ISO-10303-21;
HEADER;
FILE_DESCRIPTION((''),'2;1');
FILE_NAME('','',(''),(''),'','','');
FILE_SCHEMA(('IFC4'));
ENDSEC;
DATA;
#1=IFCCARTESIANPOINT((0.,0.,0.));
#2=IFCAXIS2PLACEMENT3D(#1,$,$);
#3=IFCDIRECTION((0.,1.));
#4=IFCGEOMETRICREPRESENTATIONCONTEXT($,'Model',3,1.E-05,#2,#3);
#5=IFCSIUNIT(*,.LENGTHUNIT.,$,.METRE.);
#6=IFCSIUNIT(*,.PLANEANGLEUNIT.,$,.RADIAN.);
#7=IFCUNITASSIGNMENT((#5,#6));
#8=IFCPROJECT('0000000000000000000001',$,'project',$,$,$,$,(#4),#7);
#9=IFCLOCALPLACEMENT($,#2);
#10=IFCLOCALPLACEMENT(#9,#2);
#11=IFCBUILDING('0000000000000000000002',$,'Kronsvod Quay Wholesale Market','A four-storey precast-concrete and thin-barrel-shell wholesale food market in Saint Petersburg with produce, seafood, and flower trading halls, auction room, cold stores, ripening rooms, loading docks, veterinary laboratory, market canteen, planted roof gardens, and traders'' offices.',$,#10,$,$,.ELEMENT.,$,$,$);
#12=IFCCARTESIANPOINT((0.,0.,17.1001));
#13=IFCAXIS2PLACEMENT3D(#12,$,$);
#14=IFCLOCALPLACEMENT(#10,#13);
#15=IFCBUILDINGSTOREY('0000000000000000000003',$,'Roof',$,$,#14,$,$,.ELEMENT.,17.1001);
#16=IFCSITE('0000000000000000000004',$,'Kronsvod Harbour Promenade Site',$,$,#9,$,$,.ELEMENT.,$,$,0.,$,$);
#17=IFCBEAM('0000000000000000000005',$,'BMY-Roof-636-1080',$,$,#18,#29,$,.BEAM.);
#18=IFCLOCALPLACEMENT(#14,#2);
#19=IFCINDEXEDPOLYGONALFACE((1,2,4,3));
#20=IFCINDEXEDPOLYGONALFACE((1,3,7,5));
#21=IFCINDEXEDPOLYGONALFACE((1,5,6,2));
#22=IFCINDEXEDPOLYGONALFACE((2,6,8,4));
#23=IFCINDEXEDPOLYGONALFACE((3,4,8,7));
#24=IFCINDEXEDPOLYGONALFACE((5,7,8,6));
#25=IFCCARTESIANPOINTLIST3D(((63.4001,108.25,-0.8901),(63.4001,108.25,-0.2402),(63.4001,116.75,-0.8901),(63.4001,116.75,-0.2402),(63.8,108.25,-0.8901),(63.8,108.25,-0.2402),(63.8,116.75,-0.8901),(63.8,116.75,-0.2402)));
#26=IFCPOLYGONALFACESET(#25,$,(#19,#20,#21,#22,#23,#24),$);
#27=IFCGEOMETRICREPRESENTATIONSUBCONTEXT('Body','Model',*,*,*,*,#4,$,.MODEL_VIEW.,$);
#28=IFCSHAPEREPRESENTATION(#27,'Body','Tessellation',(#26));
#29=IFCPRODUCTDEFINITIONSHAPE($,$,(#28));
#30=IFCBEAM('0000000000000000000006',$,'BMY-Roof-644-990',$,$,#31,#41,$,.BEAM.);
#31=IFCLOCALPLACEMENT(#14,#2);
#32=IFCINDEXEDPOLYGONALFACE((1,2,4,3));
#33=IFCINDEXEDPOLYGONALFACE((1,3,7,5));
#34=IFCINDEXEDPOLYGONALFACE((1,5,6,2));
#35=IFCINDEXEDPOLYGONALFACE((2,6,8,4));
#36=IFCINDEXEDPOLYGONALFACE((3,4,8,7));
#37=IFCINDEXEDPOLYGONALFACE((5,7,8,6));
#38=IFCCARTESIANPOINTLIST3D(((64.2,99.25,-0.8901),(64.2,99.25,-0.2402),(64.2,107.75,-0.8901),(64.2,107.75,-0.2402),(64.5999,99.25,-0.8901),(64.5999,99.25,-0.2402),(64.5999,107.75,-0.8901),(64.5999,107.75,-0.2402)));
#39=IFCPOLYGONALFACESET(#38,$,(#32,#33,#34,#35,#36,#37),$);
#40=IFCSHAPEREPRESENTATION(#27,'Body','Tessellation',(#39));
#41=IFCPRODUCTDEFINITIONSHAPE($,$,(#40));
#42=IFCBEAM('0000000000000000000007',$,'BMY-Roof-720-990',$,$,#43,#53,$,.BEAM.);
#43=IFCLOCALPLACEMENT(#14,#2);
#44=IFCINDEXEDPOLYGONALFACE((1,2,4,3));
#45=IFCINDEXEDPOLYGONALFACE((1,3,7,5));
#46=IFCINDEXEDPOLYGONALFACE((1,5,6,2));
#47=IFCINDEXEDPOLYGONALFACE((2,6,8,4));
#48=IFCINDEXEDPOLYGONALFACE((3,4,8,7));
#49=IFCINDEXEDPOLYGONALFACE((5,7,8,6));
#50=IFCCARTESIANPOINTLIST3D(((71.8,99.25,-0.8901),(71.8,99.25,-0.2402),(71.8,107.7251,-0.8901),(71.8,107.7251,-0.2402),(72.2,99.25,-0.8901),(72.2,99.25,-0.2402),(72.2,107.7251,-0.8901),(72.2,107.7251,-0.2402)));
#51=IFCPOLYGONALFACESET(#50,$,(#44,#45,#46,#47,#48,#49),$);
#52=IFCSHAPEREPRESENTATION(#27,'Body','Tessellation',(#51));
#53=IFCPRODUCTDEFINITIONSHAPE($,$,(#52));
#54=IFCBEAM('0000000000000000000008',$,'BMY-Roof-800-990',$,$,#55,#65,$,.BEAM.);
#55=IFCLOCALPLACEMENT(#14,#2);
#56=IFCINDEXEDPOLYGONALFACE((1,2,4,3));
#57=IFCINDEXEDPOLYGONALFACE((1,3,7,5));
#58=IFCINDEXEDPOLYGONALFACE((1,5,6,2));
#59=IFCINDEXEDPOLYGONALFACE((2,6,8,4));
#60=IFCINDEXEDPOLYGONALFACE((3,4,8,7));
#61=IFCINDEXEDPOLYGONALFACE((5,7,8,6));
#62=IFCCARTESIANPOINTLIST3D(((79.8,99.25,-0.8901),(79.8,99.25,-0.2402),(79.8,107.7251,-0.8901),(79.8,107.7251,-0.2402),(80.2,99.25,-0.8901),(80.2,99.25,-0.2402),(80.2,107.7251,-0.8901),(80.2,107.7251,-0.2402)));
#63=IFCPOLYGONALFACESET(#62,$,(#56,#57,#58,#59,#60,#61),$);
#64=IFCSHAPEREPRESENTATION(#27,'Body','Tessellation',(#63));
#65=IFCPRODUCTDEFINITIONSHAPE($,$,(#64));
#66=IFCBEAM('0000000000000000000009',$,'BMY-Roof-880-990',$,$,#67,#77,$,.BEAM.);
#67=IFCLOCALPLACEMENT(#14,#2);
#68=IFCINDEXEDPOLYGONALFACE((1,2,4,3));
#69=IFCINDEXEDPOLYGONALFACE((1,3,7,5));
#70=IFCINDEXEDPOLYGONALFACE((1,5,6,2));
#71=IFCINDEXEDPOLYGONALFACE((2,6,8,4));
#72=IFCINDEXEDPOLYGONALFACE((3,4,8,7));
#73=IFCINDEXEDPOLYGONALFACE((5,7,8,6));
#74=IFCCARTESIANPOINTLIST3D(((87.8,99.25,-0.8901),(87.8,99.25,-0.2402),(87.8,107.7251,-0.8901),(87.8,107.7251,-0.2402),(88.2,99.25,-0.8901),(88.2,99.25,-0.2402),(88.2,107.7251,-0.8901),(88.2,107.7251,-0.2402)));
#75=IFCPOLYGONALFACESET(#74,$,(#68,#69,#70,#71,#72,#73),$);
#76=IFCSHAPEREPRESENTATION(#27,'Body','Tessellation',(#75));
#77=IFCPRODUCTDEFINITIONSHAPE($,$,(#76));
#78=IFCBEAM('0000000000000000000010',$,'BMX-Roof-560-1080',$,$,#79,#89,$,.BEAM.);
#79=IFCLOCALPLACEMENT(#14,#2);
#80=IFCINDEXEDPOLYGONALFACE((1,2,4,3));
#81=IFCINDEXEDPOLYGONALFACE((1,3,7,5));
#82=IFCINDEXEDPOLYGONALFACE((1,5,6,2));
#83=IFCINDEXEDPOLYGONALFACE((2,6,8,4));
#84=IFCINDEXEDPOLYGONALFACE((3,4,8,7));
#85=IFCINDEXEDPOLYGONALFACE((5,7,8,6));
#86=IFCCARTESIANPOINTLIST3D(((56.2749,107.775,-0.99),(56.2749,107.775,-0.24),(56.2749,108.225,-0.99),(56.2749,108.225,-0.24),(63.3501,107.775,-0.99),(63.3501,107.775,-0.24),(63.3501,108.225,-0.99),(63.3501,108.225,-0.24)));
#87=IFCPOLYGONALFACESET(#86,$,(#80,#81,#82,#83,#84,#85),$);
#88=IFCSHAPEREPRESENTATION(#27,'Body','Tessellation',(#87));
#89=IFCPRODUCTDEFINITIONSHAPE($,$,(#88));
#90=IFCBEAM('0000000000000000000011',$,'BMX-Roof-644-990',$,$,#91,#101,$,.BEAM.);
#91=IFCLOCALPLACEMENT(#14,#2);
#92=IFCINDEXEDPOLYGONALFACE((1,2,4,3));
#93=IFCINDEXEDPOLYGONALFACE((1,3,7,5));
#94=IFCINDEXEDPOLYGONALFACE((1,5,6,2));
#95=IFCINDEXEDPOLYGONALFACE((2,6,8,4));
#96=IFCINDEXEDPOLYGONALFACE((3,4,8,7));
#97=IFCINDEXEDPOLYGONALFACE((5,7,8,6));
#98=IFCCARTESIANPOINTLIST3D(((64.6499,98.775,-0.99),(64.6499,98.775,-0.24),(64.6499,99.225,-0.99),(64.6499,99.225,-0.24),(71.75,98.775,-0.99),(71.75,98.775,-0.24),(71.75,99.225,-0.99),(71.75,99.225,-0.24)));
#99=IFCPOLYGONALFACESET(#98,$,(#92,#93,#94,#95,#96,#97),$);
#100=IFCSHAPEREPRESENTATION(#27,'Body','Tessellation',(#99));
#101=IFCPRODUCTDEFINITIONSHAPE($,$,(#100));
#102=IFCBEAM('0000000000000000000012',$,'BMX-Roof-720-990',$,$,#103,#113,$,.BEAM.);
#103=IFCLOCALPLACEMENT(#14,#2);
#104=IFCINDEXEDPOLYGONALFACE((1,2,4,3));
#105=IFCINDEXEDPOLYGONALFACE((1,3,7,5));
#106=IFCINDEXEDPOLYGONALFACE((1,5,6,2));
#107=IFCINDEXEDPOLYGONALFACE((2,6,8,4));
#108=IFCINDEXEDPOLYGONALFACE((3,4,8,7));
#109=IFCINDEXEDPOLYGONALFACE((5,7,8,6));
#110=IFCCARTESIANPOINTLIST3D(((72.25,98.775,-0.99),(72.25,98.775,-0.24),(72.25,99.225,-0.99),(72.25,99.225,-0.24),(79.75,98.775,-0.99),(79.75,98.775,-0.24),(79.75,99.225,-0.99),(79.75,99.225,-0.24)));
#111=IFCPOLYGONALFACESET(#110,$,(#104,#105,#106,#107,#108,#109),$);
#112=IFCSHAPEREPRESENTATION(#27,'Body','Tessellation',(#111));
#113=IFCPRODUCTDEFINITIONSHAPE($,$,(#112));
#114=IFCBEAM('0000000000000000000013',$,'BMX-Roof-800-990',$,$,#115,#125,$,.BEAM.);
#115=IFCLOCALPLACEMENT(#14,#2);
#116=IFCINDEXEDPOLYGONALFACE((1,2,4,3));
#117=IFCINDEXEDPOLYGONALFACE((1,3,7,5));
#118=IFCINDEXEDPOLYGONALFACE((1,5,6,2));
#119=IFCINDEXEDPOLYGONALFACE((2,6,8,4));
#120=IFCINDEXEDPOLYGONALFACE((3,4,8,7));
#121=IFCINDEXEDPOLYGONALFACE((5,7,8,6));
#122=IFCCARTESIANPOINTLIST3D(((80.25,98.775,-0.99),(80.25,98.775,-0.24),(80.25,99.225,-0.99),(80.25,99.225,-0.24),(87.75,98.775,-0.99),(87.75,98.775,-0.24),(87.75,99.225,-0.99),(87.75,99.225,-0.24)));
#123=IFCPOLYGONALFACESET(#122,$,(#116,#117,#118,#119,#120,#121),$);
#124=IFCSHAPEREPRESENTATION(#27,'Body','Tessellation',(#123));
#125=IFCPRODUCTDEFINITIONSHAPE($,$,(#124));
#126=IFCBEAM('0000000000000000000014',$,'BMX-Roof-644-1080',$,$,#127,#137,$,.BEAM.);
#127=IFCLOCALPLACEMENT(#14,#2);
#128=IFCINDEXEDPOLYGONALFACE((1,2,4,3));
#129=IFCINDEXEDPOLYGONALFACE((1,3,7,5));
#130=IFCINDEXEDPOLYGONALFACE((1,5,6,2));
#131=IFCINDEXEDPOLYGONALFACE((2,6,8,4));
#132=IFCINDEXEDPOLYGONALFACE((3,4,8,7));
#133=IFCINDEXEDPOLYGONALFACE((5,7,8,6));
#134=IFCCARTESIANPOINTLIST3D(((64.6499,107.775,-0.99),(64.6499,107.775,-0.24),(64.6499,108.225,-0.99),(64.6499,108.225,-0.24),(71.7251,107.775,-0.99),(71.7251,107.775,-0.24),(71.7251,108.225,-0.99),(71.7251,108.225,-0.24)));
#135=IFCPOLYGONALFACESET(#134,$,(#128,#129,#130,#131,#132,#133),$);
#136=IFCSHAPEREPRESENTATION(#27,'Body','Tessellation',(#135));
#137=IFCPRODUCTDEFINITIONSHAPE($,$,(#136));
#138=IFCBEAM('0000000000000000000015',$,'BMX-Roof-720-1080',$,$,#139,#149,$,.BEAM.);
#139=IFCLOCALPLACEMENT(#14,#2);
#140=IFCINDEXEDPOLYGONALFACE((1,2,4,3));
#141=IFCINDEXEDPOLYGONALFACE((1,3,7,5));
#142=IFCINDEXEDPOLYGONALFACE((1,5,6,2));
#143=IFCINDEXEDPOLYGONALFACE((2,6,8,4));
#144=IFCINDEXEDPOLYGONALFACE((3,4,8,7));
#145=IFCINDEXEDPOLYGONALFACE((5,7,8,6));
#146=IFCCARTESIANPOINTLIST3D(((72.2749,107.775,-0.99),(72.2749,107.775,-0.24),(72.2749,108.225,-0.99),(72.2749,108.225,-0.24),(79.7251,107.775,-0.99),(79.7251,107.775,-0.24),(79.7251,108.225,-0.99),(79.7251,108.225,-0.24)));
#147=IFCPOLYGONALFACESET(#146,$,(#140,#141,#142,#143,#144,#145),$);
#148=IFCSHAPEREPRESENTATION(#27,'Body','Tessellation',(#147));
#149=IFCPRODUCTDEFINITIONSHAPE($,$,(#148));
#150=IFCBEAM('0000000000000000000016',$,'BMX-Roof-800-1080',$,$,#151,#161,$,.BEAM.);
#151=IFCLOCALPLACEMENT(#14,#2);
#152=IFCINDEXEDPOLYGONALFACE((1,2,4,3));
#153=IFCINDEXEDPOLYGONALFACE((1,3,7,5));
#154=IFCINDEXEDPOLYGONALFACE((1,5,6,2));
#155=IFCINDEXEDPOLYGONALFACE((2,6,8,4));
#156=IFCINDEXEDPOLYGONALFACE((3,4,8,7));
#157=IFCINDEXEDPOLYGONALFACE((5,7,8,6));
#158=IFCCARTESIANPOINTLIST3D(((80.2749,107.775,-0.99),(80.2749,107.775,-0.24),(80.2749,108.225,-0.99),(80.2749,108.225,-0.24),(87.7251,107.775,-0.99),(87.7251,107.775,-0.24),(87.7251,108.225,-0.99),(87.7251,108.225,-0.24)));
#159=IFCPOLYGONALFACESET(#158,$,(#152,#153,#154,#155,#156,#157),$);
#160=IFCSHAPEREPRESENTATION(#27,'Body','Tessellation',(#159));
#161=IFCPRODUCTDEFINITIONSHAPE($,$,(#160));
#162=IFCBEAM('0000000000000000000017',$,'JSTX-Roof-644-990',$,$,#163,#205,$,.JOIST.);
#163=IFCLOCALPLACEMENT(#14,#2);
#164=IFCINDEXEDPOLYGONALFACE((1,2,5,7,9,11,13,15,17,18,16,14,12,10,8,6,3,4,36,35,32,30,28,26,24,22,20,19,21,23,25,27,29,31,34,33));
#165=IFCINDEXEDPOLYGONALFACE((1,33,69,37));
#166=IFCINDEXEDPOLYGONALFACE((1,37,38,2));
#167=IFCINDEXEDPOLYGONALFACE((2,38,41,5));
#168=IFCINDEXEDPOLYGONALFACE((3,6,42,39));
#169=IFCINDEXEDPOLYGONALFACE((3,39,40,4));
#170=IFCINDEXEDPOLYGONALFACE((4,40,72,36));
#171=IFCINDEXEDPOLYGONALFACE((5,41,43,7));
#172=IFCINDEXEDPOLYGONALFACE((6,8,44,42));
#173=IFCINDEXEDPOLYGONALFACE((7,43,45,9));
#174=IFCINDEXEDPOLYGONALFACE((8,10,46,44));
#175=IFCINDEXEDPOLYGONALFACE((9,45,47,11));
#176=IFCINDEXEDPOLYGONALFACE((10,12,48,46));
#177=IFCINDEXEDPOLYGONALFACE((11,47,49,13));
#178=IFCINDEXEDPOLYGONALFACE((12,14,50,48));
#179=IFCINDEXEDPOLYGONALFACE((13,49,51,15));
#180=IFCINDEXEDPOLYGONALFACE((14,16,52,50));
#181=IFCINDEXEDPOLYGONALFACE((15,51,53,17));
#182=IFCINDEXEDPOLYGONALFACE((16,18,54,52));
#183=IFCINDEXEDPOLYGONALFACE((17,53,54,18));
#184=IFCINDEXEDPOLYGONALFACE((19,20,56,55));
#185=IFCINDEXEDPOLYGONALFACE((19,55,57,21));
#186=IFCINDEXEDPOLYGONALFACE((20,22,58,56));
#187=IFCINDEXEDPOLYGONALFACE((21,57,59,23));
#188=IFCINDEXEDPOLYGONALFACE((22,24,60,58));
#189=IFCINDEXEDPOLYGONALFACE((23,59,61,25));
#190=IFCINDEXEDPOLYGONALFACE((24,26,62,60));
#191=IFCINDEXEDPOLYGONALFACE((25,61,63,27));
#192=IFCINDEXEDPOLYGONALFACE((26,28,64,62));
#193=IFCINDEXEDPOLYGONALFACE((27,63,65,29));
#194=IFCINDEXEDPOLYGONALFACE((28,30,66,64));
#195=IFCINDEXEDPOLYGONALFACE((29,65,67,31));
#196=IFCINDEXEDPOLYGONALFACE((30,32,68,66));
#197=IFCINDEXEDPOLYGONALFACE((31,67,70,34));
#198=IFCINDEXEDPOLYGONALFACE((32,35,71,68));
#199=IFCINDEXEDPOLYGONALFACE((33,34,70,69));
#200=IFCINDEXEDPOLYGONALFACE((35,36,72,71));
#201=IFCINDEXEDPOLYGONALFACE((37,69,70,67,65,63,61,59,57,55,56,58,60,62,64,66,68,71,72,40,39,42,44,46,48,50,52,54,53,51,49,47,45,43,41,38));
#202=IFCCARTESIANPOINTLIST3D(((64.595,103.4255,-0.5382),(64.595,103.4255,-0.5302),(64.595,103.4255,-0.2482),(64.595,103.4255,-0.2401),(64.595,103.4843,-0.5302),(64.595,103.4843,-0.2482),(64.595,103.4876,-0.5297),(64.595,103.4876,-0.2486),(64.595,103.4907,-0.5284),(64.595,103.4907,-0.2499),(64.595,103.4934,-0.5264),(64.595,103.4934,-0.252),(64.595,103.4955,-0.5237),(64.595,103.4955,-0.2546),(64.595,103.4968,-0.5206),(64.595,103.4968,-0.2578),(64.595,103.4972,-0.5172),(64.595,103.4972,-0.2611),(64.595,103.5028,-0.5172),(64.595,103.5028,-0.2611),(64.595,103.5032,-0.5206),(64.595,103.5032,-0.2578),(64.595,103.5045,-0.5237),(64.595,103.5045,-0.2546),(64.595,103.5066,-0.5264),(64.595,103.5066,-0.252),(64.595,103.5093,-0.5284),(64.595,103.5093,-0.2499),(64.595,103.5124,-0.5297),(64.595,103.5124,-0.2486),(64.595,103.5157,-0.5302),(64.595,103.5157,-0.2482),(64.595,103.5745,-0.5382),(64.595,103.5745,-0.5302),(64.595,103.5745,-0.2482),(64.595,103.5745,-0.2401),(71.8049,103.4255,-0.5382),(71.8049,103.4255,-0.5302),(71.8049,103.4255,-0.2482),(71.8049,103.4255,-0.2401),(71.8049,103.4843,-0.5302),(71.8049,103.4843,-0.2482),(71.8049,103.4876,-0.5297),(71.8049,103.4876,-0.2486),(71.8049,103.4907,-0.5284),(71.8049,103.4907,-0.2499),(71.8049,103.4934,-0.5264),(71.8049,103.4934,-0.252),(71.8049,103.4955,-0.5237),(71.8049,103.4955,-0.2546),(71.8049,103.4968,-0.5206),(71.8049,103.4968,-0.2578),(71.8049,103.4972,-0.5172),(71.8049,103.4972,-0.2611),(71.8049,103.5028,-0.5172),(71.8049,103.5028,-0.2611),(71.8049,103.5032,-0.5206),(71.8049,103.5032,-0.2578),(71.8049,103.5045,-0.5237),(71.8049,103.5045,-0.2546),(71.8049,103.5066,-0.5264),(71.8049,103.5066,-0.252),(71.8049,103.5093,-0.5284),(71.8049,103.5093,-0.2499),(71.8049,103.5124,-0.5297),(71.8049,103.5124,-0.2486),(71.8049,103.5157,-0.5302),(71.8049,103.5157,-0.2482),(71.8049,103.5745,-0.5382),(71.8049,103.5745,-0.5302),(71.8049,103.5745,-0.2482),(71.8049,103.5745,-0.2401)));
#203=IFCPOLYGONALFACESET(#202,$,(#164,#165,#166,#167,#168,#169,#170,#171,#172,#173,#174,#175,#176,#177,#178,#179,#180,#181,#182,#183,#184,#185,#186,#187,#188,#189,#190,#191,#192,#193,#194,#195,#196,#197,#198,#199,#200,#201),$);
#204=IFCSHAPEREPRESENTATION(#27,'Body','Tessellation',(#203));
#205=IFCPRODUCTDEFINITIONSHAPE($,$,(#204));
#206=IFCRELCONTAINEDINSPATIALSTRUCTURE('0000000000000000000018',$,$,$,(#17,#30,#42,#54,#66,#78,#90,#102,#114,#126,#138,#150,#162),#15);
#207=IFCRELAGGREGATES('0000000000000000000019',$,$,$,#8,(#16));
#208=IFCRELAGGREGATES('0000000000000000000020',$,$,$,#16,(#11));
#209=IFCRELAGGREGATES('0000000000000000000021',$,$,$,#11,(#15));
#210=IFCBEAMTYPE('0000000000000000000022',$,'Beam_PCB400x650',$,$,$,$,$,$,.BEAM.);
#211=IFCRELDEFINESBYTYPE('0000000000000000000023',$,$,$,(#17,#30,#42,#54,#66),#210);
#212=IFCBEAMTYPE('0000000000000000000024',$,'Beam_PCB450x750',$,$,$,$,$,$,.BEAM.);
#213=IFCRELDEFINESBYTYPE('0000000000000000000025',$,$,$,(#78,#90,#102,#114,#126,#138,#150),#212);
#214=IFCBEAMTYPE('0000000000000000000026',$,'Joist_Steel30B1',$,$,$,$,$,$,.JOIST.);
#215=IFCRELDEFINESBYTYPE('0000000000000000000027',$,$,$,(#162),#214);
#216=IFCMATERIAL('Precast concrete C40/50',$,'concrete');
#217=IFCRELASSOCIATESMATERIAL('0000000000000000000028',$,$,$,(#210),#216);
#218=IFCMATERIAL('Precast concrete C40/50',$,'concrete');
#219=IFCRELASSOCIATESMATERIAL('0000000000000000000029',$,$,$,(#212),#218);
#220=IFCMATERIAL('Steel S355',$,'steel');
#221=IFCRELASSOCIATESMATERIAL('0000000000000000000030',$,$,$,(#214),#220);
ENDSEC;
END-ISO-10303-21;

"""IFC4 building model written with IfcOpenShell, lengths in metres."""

from ifc_helpers import new_model, si_unit, direction, frame, origin, origin_2d, place, context, subcontext, project, spatial, rectangle, i_section, extrude, material, material_profile, profile_set, type_object, element, save


model = new_model("IFC4")

# Units and contexts
model_context = context("Model", 3, precision=1e-05, world=origin(), true_north=direction((0.0, 1.0)))
body_context = subcontext(model_context, "Body", "Model", "MODEL_VIEW")
ifc_project = project(units=[si_unit("LENGTHUNIT", "METRE"), si_unit("PLANEANGLEUNIT", "RADIAN")], contexts=[model_context])

# Site, building, storey
site_placement = place(None, origin())
site = spatial("IfcSite", under=ifc_project, at=site_placement, Name="Kronsvod Harbour Promenade Site", CompositionType="ELEMENT", RefElevation=0.0)
building_placement = place(site_placement, origin())
building = spatial("IfcBuilding", under=site, at=building_placement, Name="Kronsvod Quay Wholesale Market", Description="A four-storey precast-concrete and thin-barrel-shell wholesale food market in Saint Petersburg with produce, seafood, and flower trading halls, auction room, cold stores, ripening rooms, loading docks, veterinary laboratory, market canteen, planted roof gardens, and traders' offices.", CompositionType="ELEMENT")
storey_placement = place(building_placement, frame((0.0, 0.0, 17.1001)))
storey = spatial("IfcBuildingStorey", under=building, at=storey_placement, Name="Roof", CompositionType="ELEMENT", Elevation=17.1001)

# Beams
ifc_material_1 = material(Name="Precast concrete C40/50", Category="concrete")
ifc_material_profile_1 = material_profile(ifc_material_1, rectangle(XDim=0.3999, YDim=0.6499, at=origin_2d()), Name="PCB400x650")
ifc_profile_set_1 = profile_set([ifc_material_profile_1], Name="Precast concrete C40/50")
beam_type_1 = type_object("IfcBeamType", Name="Beam_PCB400x650", PredefinedType="BEAM", material=ifc_profile_set_1)
for number, where, z_axis, x_axis, name in (
    (1, (63.6001, 108.25, -0.5652), (0.0, 1.0, 0.0), (-1.0, 0.0, 0.0), "BMY-Roof-636-1080"),
    (2, (64.3999, 99.25, -0.5652), (0.0, 1.0, 0.0), (-1.0, 0.0, 0.0), "BMY-Roof-644-990"),
):
    element("IfcBeam", number, at=place(storey_placement, frame(where, z_axis=z_axis, x_axis=x_axis)), inside=storey, type_object=beam_type_1, Name=name, PredefinedType="BEAM", context=body_context, shape_type="SweptSolid", body=[
        extrude(rectangle(XDim=0.3999, YDim=0.6499, at=origin_2d()), origin(), (0.0, 0.0, 1.0), 8.5),
    ])
for number, where, z_axis, x_axis, name in (
    (3, (72.0, 99.25, -0.5652), (0.0, 1.0, 0.0), (-1.0, 0.0, 0.0), "BMY-Roof-720-990"),
    (4, (80.0, 99.25, -0.5652), (0.0, 1.0, 0.0), (-1.0, 0.0, 0.0), "BMY-Roof-800-990"),
    (5, (88.0, 99.25, -0.5652), (0.0, 1.0, 0.0), (-1.0, 0.0, 0.0), "BMY-Roof-880-990"),
):
    element("IfcBeam", number, at=place(storey_placement, frame(where, z_axis=z_axis, x_axis=x_axis)), inside=storey, type_object=beam_type_1, Name=name, PredefinedType="BEAM", context=body_context, shape_type="SweptSolid", body=[
        extrude(rectangle(XDim=0.3999, YDim=0.6499, at=origin_2d()), origin(), (0.0, 0.0, 1.0), 8.4751),
    ])
ifc_material_2 = material(Name="Precast concrete C40/50", Category="concrete")
ifc_material_profile_2 = material_profile(ifc_material_2, rectangle(XDim=0.45, YDim=0.75, at=origin_2d()), Name="PCB450x750")
ifc_profile_set_2 = profile_set([ifc_material_profile_2], Name="Precast concrete C40/50")
beam_type_2 = type_object("IfcBeamType", Name="Beam_PCB450x750", PredefinedType="BEAM", material=ifc_profile_set_2)
beam_1_placement = place(storey_placement, frame((56.2749, 108.0, -0.615), z_axis=(1.0, 0.0, 0.0), x_axis=(0.0, 1.0, 0.0)))
element("IfcBeam", 6, at=beam_1_placement, inside=storey, type_object=beam_type_2, Name="BMX-Roof-560-1080", PredefinedType="BEAM", context=body_context, shape_type="SweptSolid", body=[
    extrude(rectangle(XDim=0.45, YDim=0.75, at=origin_2d()), origin(), (0.0, 0.0, 1.0), 7.0752),
])
beam_2_placement = place(storey_placement, frame((64.6499, 99.0, -0.615), z_axis=(1.0, 0.0, 0.0), x_axis=(0.0, 1.0, 0.0)))
element("IfcBeam", 7, at=beam_2_placement, inside=storey, type_object=beam_type_2, Name="BMX-Roof-644-990", PredefinedType="BEAM", context=body_context, shape_type="SweptSolid", body=[
    extrude(rectangle(XDim=0.45, YDim=0.75, at=origin_2d()), origin(), (0.0, 0.0, 1.0), 7.1001),
])
for number, where, z_axis, x_axis, name in (
    (8, (72.25, 99.0, -0.615), (1.0, 0.0, 0.0), (0.0, 1.0, 0.0), "BMX-Roof-720-990"),
    (9, (80.25, 99.0, -0.615), (1.0, 0.0, 0.0), (0.0, 1.0, 0.0), "BMX-Roof-800-990"),
):
    element("IfcBeam", number, at=place(storey_placement, frame(where, z_axis=z_axis, x_axis=x_axis)), inside=storey, type_object=beam_type_2, Name=name, PredefinedType="BEAM", context=body_context, shape_type="SweptSolid", body=[
        extrude(rectangle(XDim=0.45, YDim=0.75, at=origin_2d()), origin(), (0.0, 0.0, 1.0), 7.5),
    ])
beam_3_placement = place(storey_placement, frame((64.6499, 108.0, -0.615), z_axis=(1.0, 0.0, 0.0), x_axis=(0.0, 1.0, 0.0)))
element("IfcBeam", 10, at=beam_3_placement, inside=storey, type_object=beam_type_2, Name="BMX-Roof-644-1080", PredefinedType="BEAM", context=body_context, shape_type="SweptSolid", body=[
    extrude(rectangle(XDim=0.45, YDim=0.75, at=origin_2d()), origin(), (0.0, 0.0, 1.0), 7.0752),
])
for number, where, z_axis, x_axis, name in (
    (11, (72.2749, 108.0, -0.615), (1.0, 0.0, 0.0), (0.0, 1.0, 0.0), "BMX-Roof-720-1080"),
    (12, (80.2749, 108.0, -0.615), (1.0, 0.0, 0.0), (0.0, 1.0, 0.0), "BMX-Roof-800-1080"),
):
    element("IfcBeam", number, at=place(storey_placement, frame(where, z_axis=z_axis, x_axis=x_axis)), inside=storey, type_object=beam_type_2, Name=name, PredefinedType="BEAM", context=body_context, shape_type="SweptSolid", body=[
        extrude(rectangle(XDim=0.45, YDim=0.75, at=origin_2d()), origin(), (0.0, 0.0, 1.0), 7.4502),
    ])
ifc_material_3 = material(Name="Steel S355", Category="steel")
ifc_material_profile_3 = material_profile(ifc_material_3, i_section(OverallWidth=0.1489, OverallDepth=0.2981, WebThickness=0.0056, FlangeThickness=0.0081, FilletRadius=0.0129, at=origin_2d()), Name="30B1")
ifc_profile_set_3 = profile_set([ifc_material_profile_3], Name="Steel S355")
beam_type_3 = type_object("IfcBeamType", Name="Joist_Steel30B1", PredefinedType="JOIST", material=ifc_profile_set_3)
beam_4_placement = place(storey_placement, frame((64.595, 103.5, -0.3892), z_axis=(1.0, 0.0, 0.0), x_axis=(0.0, 1.0, 0.0)))
element("IfcBeam", 13, at=beam_4_placement, inside=storey, type_object=beam_type_3, Name="JSTX-Roof-644-990", PredefinedType="JOIST", context=body_context, shape_type="SweptSolid", body=[
    extrude(i_section(OverallWidth=0.1489, OverallDepth=0.2981, WebThickness=0.0056, FlangeThickness=0.0081, FilletRadius=0.0129, at=origin_2d()), origin(), (0.0, 0.0, 1.0), 7.21),
])

save(model, "model.ifc")
